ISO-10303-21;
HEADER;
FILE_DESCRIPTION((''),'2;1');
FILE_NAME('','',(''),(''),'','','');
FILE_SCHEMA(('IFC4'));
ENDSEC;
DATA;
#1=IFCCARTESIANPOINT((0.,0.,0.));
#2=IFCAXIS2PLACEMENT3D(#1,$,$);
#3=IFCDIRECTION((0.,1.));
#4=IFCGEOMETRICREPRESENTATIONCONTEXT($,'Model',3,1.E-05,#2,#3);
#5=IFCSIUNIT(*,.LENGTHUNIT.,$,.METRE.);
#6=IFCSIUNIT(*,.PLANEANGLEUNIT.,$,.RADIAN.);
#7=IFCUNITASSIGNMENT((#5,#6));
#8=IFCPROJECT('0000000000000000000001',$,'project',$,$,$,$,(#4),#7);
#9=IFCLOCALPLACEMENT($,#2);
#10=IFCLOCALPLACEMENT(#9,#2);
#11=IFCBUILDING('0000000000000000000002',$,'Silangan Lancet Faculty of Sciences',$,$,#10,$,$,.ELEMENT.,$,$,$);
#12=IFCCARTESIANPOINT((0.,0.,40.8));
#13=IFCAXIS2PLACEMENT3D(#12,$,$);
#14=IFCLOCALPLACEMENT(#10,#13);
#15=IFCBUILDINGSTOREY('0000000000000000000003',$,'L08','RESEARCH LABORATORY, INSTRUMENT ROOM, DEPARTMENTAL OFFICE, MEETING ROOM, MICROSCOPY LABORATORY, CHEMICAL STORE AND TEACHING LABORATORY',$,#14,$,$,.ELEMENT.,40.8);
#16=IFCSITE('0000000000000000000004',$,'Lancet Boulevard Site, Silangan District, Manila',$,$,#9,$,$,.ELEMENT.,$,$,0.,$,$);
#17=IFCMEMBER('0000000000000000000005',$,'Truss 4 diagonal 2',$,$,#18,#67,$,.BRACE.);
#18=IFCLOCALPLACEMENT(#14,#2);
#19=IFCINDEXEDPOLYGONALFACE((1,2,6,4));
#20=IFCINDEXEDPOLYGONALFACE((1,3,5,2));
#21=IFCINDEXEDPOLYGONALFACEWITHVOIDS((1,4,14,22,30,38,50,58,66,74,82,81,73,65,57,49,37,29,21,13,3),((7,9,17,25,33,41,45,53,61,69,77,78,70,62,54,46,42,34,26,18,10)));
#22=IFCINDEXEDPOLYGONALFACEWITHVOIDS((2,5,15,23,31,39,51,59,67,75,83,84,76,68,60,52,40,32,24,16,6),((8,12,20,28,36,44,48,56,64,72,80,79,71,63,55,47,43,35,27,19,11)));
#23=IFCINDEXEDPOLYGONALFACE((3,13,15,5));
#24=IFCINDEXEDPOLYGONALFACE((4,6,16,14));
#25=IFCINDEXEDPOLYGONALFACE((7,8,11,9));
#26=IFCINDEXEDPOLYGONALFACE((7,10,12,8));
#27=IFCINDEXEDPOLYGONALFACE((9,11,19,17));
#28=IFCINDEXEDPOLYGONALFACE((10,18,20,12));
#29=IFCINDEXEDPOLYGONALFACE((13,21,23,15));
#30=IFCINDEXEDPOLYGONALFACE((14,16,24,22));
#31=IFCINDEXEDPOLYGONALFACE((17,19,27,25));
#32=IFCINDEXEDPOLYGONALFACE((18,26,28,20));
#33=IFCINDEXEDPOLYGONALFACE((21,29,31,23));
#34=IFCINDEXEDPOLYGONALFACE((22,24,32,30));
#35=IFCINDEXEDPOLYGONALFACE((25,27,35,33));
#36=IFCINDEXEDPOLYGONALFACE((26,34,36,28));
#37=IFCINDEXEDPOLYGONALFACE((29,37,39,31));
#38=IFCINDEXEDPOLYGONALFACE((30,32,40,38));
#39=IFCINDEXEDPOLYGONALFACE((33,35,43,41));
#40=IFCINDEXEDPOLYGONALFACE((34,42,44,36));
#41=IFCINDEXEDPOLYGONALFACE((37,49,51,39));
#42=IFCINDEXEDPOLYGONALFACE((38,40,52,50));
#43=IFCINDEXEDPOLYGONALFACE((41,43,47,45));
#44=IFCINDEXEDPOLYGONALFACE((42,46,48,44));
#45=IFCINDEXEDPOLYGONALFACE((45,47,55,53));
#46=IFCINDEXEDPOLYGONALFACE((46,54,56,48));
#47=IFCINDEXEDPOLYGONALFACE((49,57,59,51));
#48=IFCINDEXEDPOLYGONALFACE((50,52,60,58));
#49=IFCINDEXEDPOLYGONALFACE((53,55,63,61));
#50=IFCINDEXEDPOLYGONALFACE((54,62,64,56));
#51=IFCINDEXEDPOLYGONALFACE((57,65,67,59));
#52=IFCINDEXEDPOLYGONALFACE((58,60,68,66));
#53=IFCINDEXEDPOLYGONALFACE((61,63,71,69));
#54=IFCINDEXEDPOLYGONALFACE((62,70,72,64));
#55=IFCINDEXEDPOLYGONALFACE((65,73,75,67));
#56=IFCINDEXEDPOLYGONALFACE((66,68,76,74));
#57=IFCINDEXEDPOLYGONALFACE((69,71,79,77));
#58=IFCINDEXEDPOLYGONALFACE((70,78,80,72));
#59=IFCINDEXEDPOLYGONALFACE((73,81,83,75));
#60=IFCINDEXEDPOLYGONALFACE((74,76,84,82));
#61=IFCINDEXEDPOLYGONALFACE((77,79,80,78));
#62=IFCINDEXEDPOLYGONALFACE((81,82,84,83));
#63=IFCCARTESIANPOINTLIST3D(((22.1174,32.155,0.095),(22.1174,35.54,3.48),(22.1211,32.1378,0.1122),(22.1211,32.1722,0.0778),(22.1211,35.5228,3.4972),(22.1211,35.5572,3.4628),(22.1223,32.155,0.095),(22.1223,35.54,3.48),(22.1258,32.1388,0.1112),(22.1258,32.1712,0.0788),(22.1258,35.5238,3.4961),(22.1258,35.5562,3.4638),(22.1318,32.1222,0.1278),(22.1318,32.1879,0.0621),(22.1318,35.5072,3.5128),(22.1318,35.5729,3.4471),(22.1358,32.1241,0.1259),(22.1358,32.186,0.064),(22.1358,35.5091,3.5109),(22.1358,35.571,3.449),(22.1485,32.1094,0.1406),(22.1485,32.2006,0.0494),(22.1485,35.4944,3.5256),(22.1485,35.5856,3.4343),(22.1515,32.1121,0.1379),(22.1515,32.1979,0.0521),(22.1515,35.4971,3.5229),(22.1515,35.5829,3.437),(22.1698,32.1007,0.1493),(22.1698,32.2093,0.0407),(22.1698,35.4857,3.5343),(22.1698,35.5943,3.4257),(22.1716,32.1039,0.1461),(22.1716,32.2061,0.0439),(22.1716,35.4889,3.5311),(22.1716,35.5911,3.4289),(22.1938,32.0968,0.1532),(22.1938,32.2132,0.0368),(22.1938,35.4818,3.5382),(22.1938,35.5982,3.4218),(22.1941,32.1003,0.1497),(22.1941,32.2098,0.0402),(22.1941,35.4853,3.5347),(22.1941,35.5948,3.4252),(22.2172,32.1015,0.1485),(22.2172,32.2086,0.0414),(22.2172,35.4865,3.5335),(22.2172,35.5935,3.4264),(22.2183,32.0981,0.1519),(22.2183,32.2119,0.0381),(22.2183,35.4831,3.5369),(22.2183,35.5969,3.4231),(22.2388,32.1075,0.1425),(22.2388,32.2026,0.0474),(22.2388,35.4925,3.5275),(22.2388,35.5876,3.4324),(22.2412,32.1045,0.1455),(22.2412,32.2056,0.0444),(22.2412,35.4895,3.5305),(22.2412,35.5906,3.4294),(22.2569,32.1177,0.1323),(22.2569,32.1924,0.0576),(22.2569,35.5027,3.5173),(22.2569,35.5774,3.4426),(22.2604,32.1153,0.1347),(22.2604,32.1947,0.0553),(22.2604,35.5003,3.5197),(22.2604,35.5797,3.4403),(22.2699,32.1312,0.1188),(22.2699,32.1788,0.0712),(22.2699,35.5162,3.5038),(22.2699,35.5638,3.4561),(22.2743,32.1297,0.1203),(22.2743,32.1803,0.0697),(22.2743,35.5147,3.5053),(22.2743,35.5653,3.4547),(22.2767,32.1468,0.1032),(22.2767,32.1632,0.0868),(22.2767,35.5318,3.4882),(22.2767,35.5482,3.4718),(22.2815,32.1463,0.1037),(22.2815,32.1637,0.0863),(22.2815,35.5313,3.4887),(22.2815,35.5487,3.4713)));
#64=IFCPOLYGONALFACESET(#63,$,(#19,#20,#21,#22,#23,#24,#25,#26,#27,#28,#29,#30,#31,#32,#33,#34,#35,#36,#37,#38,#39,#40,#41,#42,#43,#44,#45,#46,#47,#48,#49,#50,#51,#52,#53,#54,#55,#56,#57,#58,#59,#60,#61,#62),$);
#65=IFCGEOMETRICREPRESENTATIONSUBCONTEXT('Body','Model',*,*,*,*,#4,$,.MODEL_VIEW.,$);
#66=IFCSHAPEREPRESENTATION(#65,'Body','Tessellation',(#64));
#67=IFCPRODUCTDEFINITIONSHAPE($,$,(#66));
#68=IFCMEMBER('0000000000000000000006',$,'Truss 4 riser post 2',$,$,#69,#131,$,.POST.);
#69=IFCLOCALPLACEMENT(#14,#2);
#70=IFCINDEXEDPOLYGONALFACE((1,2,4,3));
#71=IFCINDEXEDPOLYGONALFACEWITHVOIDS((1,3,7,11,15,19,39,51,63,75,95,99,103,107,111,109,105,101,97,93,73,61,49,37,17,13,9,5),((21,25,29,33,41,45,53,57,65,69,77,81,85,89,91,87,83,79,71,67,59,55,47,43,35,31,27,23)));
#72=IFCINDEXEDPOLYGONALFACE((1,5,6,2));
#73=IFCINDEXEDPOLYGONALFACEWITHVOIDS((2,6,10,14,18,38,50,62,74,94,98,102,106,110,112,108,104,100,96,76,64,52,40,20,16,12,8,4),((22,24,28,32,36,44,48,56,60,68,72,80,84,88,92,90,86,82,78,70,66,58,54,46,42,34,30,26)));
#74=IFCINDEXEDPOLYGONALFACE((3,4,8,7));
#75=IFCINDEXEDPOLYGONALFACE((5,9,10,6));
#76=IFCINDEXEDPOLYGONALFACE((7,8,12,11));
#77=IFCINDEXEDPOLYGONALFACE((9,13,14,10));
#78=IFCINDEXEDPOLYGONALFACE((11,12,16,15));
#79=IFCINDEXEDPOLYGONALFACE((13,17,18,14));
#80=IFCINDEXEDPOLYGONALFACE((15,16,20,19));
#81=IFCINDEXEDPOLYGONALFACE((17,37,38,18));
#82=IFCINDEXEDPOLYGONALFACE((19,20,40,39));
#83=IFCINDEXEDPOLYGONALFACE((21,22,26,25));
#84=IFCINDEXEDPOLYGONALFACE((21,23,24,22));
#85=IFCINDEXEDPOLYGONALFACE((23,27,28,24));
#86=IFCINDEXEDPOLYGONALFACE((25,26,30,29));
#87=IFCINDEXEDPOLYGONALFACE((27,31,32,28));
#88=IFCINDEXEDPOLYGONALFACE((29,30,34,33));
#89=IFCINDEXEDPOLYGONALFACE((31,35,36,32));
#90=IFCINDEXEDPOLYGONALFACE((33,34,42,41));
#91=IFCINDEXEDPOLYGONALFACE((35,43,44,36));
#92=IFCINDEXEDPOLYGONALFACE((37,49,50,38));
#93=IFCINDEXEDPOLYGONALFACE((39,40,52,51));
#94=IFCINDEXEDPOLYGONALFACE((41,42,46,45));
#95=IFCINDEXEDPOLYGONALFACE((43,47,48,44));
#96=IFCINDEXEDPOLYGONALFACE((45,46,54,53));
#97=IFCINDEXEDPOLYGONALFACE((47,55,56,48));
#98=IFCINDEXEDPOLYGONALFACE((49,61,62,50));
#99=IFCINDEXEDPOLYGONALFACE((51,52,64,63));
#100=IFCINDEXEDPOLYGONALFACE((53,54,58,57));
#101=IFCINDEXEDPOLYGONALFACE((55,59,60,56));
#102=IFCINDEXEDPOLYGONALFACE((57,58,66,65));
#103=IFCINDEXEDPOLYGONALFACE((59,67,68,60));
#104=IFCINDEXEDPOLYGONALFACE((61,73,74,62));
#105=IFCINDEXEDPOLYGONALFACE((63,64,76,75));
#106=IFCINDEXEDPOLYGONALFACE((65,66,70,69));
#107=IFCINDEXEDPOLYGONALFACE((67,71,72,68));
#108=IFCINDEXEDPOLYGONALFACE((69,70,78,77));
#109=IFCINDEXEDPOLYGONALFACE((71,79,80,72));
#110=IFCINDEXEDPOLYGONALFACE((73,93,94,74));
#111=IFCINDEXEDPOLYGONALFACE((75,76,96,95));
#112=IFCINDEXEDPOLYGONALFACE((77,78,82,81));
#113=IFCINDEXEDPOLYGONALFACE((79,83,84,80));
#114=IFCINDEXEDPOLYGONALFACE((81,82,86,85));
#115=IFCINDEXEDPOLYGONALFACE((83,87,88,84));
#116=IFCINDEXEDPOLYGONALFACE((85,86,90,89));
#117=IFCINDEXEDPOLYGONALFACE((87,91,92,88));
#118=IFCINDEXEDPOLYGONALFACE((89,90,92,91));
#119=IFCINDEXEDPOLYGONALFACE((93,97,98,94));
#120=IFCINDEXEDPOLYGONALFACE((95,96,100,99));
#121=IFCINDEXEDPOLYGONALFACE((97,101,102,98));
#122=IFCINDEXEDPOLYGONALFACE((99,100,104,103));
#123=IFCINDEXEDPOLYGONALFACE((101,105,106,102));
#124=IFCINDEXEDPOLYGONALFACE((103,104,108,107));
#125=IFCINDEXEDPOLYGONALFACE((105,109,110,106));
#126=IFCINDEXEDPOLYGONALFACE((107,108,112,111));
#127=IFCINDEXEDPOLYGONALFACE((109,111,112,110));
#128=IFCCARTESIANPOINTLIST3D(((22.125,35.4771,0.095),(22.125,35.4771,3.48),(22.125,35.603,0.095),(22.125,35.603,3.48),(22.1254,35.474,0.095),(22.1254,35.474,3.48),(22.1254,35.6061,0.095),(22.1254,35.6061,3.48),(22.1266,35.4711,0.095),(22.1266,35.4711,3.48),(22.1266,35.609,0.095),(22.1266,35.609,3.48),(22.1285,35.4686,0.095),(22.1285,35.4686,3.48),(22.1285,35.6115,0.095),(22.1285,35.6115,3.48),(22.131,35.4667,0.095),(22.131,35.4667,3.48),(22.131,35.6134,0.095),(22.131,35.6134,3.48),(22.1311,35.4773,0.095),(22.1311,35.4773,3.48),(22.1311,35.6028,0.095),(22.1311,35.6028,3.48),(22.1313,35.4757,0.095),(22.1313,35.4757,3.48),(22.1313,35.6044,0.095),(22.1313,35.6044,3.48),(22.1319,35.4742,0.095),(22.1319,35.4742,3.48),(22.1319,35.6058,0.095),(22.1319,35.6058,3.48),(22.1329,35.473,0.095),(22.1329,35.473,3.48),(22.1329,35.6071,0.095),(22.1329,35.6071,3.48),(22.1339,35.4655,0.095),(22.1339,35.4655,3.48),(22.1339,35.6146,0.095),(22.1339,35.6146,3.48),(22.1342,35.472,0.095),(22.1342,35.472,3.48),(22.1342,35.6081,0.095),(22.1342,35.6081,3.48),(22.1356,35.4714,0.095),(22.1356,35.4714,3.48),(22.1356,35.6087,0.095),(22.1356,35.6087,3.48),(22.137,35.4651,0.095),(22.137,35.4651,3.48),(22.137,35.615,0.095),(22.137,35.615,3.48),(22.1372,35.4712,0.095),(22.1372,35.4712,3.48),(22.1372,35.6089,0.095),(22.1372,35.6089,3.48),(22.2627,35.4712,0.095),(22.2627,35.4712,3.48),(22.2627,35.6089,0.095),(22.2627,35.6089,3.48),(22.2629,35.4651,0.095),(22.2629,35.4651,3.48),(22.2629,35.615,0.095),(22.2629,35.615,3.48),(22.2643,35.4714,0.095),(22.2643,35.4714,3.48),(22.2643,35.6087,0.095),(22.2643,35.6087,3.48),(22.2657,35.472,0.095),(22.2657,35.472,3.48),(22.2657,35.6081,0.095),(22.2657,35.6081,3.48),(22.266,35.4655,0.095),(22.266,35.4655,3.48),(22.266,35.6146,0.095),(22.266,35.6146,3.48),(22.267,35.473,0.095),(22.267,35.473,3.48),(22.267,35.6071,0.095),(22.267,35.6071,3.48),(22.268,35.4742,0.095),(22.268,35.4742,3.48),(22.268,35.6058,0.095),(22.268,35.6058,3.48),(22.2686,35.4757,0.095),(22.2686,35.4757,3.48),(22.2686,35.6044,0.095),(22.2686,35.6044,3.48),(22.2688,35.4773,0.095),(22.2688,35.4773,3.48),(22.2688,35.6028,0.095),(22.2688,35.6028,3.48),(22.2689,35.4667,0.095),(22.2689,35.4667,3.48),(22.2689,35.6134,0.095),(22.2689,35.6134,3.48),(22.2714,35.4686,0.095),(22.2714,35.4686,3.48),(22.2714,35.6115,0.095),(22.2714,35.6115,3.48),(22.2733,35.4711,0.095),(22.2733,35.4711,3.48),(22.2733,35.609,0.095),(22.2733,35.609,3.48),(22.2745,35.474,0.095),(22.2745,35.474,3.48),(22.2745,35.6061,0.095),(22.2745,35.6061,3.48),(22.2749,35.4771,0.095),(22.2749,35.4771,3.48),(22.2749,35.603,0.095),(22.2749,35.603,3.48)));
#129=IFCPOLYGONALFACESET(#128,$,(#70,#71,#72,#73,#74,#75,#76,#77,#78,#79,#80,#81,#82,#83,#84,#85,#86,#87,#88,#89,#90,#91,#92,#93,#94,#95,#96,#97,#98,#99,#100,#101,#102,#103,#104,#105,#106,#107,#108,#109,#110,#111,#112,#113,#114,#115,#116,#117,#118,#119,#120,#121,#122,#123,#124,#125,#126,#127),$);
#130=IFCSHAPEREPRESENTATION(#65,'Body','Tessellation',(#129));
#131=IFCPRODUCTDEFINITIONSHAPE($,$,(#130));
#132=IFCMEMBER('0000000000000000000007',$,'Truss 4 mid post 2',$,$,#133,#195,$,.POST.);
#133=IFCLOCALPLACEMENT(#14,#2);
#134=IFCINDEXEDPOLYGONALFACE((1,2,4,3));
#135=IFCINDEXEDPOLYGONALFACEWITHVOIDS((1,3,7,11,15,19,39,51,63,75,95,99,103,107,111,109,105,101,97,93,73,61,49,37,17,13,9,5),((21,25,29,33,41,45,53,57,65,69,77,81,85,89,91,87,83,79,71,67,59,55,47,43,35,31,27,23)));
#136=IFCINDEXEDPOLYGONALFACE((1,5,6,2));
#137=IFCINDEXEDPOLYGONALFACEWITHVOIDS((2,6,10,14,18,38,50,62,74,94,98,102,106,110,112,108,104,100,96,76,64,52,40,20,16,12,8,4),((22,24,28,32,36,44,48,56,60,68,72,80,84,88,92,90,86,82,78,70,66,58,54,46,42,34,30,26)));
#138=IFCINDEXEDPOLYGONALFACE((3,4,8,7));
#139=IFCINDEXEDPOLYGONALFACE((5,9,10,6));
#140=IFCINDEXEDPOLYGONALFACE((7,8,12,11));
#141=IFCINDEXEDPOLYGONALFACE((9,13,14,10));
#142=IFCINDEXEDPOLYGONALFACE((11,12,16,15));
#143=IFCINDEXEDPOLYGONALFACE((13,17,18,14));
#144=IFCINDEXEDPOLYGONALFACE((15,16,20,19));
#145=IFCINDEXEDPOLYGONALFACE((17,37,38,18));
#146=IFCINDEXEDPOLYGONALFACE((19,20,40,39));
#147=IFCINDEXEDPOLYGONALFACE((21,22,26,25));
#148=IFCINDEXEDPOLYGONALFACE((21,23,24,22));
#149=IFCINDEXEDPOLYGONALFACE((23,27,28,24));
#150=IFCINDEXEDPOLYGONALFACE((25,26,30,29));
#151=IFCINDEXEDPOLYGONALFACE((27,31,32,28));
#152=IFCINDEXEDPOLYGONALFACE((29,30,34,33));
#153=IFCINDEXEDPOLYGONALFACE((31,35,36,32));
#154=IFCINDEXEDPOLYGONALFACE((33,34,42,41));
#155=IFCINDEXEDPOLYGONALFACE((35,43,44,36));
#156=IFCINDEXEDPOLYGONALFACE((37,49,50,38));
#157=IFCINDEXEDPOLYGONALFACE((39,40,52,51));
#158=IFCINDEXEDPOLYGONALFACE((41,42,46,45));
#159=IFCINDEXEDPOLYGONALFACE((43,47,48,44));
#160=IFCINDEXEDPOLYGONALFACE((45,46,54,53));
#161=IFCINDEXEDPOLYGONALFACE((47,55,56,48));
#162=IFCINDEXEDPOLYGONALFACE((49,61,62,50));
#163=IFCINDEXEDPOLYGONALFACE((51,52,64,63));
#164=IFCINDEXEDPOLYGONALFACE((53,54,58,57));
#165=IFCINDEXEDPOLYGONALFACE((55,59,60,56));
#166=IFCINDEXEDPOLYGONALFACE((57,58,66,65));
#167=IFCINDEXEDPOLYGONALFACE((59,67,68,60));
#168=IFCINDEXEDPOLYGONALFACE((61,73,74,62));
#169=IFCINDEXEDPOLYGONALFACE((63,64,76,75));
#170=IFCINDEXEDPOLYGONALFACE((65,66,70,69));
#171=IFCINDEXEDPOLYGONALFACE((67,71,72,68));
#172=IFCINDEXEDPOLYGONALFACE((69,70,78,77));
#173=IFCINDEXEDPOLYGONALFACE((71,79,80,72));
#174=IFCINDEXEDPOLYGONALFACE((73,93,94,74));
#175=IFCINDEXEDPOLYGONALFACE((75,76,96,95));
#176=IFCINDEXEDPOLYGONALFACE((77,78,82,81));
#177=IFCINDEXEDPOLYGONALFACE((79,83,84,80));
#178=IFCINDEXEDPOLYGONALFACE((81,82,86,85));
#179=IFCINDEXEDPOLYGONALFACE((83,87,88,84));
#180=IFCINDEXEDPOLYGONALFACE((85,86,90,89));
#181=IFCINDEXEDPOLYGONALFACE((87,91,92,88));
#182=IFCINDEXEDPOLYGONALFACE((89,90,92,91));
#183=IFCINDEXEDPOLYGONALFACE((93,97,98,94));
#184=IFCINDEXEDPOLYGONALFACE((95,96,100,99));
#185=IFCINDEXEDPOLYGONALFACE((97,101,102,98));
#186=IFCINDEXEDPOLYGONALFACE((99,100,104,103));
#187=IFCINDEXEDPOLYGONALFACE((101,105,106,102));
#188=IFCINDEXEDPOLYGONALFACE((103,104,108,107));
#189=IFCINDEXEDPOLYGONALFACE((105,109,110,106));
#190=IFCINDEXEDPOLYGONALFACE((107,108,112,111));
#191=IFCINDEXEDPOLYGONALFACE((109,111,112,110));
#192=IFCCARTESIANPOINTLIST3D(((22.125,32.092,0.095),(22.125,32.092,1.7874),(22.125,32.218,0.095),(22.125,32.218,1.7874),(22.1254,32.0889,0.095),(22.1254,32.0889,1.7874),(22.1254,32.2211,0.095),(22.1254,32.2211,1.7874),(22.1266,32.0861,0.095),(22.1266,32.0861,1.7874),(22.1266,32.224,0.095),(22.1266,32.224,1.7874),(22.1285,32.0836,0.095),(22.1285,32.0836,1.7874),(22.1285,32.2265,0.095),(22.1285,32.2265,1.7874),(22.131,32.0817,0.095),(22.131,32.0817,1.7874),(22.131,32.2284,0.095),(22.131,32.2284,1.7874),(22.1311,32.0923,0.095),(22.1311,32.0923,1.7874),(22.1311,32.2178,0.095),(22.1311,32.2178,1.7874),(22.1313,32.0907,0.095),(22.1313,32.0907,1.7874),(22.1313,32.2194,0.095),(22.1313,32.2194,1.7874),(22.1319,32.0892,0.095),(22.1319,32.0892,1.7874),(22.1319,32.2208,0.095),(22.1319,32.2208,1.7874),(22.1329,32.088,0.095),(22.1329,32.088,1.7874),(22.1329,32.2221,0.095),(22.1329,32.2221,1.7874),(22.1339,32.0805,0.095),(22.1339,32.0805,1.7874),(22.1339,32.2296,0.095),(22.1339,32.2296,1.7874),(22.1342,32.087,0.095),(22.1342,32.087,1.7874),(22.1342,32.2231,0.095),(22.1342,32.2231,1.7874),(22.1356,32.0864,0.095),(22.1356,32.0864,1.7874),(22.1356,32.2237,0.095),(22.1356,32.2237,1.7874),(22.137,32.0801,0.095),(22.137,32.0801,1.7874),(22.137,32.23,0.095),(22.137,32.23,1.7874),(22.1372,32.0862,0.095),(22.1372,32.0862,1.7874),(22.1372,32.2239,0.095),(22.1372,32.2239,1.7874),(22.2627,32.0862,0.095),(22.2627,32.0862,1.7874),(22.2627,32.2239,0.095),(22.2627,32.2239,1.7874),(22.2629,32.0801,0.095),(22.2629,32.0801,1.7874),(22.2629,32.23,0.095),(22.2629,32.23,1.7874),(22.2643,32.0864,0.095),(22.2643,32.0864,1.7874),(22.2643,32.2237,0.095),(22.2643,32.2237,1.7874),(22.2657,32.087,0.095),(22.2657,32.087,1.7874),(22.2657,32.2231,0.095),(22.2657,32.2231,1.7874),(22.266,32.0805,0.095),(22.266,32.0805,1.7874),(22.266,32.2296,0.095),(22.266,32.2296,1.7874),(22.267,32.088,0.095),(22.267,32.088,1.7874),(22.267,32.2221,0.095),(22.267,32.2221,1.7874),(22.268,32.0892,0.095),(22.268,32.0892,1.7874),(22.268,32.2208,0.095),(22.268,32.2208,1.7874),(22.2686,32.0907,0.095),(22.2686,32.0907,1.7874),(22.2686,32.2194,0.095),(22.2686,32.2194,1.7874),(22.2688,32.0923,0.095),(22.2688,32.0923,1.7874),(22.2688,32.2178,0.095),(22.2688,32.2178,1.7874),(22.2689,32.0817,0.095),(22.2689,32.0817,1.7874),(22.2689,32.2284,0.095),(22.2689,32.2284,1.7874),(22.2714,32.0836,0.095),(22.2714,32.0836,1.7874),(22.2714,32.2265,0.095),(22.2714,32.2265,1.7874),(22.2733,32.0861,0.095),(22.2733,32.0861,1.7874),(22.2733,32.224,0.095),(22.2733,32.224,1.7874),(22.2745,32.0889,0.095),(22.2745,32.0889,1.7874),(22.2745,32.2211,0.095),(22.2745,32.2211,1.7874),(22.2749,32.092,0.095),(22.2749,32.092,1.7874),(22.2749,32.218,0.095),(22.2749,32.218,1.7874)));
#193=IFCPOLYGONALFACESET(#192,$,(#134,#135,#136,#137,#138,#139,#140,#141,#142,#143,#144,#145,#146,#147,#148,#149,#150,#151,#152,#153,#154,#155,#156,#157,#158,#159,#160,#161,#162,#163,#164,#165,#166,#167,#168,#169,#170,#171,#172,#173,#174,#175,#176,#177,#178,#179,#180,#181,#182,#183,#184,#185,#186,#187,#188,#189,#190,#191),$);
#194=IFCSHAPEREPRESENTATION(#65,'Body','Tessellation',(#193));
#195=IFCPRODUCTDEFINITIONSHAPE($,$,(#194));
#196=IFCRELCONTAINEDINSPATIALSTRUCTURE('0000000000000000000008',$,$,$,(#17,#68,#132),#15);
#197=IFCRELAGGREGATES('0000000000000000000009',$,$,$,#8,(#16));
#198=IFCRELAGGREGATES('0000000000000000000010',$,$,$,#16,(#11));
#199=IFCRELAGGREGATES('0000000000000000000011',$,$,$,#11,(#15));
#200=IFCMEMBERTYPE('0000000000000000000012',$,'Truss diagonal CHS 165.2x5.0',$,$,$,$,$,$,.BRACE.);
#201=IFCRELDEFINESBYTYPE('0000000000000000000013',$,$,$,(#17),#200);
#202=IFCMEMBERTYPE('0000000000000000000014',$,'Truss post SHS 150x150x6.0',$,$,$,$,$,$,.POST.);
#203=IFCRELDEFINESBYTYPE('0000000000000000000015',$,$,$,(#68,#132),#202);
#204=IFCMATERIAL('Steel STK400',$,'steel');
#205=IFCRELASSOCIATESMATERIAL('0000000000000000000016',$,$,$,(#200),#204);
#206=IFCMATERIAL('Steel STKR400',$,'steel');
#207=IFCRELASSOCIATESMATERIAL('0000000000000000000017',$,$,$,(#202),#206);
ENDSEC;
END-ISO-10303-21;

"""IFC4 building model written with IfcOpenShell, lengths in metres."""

from ifc_helpers import new_model, si_unit, direction, frame, origin, origin_2d, place, context, subcontext, project, spatial, hollow_rectangle, hollow_circle, extrude, material, material_profile, profile_set, type_object, element, save


model = new_model("IFC4")

# Units and contexts
model_context = context("Model", 3, precision=1e-05, world=origin(), true_north=direction((0.0, 1.0)))
body_context = subcontext(model_context, "Body", "Model", "MODEL_VIEW")
ifc_project = project(units=[si_unit("LENGTHUNIT", "METRE"), si_unit("PLANEANGLEUNIT", "RADIAN")], contexts=[model_context])

# Site, building, storey
site_placement = place(None, origin())
site = spatial("IfcSite", under=ifc_project, at=site_placement, Name="Lancet Boulevard Site, Silangan District, Manila", CompositionType="ELEMENT", RefElevation=0.0)
building_placement = place(site_placement, origin())
building = spatial("IfcBuilding", under=site, at=building_placement, Name="Silangan Lancet Faculty of Sciences", CompositionType="ELEMENT")
storey_placement = place(building_placement, frame((0.0, 0.0, 40.8)))
storey = spatial("IfcBuildingStorey", under=building, at=storey_placement, Name="L08", Description="RESEARCH LABORATORY, INSTRUMENT ROOM, DEPARTMENTAL OFFICE, MEETING ROOM, MICROSCOPY LABORATORY, CHEMICAL STORE AND TEACHING LABORATORY", CompositionType="ELEMENT", Elevation=40.8)

# Members
ifc_material_1 = material(Name="Steel STK400", Category="steel")
ifc_material_profile_1 = material_profile(ifc_material_1, hollow_circle(Radius=0.0825, WallThickness=0.0049, at=origin_2d()), Name="CHS 165.2x5.0")
ifc_profile_set_1 = profile_set([ifc_material_profile_1], Name="Steel STK400")
member_type_1 = type_object("IfcMemberType", Name="Truss diagonal CHS 165.2x5.0", PredefinedType="BRACE", material=ifc_profile_set_1)
member_1_placement = place(storey_placement, frame((22.2, 32.155, 0.095), z_axis=(0.0, 0.707107, 0.707107), x_axis=(-1.0, 0.0, 0.0)))
element("IfcMember", 1, at=member_1_placement, inside=storey, type_object=member_type_1, Name="Truss 4 diagonal 2", PredefinedType="BRACE", context=body_context, shape_type="SweptSolid", body=[
    extrude(hollow_circle(Radius=0.0825, WallThickness=0.0049, at=origin_2d()), origin(), (0.0, 0.0, 1.0), 4.7871),
])
ifc_material_2 = material(Name="Steel STKR400", Category="steel")
ifc_material_profile_2 = material_profile(ifc_material_2, hollow_rectangle(XDim=0.1499, YDim=0.1499, WallThickness=0.0061, InnerFilletRadius=0.0061, OuterFilletRadius=0.012, at=origin_2d()), Name="SHS 150x150x6.0")
ifc_profile_set_2 = profile_set([ifc_material_profile_2], Name="Steel STKR400")
member_type_2 = type_object("IfcMemberType", Name="Truss post SHS 150x150x6.0", PredefinedType="POST", material=ifc_profile_set_2)
member_2_placement = place(storey_placement, frame((22.2, 35.54, 0.095), z_axis=(0.0, 0.0, 1.0), x_axis=(1.0, 0.0, 0.0)))
element("IfcMember", 2, at=member_2_placement, inside=storey, type_object=member_type_2, Name="Truss 4 riser post 2", PredefinedType="POST", context=body_context, shape_type="SweptSolid", body=[
    extrude(hollow_rectangle(XDim=0.1499, YDim=0.1499, WallThickness=0.0061, InnerFilletRadius=0.0061, OuterFilletRadius=0.012, at=origin_2d()), origin(), (0.0, 0.0, 1.0), 3.385),
])
member_3_placement = place(storey_placement, frame((22.2, 32.155, 0.095), z_axis=(0.0, 0.0, 1.0), x_axis=(1.0, 0.0, 0.0)))
element("IfcMember", 3, at=member_3_placement, inside=storey, type_object=member_type_2, Name="Truss 4 mid post 2", PredefinedType="POST", context=body_context, shape_type="SweptSolid", body=[
    extrude(hollow_rectangle(XDim=0.1499, YDim=0.1499, WallThickness=0.0061, InnerFilletRadius=0.0061, OuterFilletRadius=0.012, at=origin_2d()), origin(), (0.0, 0.0, 1.0), 1.6924),
])

save(model, "model.ifc")
